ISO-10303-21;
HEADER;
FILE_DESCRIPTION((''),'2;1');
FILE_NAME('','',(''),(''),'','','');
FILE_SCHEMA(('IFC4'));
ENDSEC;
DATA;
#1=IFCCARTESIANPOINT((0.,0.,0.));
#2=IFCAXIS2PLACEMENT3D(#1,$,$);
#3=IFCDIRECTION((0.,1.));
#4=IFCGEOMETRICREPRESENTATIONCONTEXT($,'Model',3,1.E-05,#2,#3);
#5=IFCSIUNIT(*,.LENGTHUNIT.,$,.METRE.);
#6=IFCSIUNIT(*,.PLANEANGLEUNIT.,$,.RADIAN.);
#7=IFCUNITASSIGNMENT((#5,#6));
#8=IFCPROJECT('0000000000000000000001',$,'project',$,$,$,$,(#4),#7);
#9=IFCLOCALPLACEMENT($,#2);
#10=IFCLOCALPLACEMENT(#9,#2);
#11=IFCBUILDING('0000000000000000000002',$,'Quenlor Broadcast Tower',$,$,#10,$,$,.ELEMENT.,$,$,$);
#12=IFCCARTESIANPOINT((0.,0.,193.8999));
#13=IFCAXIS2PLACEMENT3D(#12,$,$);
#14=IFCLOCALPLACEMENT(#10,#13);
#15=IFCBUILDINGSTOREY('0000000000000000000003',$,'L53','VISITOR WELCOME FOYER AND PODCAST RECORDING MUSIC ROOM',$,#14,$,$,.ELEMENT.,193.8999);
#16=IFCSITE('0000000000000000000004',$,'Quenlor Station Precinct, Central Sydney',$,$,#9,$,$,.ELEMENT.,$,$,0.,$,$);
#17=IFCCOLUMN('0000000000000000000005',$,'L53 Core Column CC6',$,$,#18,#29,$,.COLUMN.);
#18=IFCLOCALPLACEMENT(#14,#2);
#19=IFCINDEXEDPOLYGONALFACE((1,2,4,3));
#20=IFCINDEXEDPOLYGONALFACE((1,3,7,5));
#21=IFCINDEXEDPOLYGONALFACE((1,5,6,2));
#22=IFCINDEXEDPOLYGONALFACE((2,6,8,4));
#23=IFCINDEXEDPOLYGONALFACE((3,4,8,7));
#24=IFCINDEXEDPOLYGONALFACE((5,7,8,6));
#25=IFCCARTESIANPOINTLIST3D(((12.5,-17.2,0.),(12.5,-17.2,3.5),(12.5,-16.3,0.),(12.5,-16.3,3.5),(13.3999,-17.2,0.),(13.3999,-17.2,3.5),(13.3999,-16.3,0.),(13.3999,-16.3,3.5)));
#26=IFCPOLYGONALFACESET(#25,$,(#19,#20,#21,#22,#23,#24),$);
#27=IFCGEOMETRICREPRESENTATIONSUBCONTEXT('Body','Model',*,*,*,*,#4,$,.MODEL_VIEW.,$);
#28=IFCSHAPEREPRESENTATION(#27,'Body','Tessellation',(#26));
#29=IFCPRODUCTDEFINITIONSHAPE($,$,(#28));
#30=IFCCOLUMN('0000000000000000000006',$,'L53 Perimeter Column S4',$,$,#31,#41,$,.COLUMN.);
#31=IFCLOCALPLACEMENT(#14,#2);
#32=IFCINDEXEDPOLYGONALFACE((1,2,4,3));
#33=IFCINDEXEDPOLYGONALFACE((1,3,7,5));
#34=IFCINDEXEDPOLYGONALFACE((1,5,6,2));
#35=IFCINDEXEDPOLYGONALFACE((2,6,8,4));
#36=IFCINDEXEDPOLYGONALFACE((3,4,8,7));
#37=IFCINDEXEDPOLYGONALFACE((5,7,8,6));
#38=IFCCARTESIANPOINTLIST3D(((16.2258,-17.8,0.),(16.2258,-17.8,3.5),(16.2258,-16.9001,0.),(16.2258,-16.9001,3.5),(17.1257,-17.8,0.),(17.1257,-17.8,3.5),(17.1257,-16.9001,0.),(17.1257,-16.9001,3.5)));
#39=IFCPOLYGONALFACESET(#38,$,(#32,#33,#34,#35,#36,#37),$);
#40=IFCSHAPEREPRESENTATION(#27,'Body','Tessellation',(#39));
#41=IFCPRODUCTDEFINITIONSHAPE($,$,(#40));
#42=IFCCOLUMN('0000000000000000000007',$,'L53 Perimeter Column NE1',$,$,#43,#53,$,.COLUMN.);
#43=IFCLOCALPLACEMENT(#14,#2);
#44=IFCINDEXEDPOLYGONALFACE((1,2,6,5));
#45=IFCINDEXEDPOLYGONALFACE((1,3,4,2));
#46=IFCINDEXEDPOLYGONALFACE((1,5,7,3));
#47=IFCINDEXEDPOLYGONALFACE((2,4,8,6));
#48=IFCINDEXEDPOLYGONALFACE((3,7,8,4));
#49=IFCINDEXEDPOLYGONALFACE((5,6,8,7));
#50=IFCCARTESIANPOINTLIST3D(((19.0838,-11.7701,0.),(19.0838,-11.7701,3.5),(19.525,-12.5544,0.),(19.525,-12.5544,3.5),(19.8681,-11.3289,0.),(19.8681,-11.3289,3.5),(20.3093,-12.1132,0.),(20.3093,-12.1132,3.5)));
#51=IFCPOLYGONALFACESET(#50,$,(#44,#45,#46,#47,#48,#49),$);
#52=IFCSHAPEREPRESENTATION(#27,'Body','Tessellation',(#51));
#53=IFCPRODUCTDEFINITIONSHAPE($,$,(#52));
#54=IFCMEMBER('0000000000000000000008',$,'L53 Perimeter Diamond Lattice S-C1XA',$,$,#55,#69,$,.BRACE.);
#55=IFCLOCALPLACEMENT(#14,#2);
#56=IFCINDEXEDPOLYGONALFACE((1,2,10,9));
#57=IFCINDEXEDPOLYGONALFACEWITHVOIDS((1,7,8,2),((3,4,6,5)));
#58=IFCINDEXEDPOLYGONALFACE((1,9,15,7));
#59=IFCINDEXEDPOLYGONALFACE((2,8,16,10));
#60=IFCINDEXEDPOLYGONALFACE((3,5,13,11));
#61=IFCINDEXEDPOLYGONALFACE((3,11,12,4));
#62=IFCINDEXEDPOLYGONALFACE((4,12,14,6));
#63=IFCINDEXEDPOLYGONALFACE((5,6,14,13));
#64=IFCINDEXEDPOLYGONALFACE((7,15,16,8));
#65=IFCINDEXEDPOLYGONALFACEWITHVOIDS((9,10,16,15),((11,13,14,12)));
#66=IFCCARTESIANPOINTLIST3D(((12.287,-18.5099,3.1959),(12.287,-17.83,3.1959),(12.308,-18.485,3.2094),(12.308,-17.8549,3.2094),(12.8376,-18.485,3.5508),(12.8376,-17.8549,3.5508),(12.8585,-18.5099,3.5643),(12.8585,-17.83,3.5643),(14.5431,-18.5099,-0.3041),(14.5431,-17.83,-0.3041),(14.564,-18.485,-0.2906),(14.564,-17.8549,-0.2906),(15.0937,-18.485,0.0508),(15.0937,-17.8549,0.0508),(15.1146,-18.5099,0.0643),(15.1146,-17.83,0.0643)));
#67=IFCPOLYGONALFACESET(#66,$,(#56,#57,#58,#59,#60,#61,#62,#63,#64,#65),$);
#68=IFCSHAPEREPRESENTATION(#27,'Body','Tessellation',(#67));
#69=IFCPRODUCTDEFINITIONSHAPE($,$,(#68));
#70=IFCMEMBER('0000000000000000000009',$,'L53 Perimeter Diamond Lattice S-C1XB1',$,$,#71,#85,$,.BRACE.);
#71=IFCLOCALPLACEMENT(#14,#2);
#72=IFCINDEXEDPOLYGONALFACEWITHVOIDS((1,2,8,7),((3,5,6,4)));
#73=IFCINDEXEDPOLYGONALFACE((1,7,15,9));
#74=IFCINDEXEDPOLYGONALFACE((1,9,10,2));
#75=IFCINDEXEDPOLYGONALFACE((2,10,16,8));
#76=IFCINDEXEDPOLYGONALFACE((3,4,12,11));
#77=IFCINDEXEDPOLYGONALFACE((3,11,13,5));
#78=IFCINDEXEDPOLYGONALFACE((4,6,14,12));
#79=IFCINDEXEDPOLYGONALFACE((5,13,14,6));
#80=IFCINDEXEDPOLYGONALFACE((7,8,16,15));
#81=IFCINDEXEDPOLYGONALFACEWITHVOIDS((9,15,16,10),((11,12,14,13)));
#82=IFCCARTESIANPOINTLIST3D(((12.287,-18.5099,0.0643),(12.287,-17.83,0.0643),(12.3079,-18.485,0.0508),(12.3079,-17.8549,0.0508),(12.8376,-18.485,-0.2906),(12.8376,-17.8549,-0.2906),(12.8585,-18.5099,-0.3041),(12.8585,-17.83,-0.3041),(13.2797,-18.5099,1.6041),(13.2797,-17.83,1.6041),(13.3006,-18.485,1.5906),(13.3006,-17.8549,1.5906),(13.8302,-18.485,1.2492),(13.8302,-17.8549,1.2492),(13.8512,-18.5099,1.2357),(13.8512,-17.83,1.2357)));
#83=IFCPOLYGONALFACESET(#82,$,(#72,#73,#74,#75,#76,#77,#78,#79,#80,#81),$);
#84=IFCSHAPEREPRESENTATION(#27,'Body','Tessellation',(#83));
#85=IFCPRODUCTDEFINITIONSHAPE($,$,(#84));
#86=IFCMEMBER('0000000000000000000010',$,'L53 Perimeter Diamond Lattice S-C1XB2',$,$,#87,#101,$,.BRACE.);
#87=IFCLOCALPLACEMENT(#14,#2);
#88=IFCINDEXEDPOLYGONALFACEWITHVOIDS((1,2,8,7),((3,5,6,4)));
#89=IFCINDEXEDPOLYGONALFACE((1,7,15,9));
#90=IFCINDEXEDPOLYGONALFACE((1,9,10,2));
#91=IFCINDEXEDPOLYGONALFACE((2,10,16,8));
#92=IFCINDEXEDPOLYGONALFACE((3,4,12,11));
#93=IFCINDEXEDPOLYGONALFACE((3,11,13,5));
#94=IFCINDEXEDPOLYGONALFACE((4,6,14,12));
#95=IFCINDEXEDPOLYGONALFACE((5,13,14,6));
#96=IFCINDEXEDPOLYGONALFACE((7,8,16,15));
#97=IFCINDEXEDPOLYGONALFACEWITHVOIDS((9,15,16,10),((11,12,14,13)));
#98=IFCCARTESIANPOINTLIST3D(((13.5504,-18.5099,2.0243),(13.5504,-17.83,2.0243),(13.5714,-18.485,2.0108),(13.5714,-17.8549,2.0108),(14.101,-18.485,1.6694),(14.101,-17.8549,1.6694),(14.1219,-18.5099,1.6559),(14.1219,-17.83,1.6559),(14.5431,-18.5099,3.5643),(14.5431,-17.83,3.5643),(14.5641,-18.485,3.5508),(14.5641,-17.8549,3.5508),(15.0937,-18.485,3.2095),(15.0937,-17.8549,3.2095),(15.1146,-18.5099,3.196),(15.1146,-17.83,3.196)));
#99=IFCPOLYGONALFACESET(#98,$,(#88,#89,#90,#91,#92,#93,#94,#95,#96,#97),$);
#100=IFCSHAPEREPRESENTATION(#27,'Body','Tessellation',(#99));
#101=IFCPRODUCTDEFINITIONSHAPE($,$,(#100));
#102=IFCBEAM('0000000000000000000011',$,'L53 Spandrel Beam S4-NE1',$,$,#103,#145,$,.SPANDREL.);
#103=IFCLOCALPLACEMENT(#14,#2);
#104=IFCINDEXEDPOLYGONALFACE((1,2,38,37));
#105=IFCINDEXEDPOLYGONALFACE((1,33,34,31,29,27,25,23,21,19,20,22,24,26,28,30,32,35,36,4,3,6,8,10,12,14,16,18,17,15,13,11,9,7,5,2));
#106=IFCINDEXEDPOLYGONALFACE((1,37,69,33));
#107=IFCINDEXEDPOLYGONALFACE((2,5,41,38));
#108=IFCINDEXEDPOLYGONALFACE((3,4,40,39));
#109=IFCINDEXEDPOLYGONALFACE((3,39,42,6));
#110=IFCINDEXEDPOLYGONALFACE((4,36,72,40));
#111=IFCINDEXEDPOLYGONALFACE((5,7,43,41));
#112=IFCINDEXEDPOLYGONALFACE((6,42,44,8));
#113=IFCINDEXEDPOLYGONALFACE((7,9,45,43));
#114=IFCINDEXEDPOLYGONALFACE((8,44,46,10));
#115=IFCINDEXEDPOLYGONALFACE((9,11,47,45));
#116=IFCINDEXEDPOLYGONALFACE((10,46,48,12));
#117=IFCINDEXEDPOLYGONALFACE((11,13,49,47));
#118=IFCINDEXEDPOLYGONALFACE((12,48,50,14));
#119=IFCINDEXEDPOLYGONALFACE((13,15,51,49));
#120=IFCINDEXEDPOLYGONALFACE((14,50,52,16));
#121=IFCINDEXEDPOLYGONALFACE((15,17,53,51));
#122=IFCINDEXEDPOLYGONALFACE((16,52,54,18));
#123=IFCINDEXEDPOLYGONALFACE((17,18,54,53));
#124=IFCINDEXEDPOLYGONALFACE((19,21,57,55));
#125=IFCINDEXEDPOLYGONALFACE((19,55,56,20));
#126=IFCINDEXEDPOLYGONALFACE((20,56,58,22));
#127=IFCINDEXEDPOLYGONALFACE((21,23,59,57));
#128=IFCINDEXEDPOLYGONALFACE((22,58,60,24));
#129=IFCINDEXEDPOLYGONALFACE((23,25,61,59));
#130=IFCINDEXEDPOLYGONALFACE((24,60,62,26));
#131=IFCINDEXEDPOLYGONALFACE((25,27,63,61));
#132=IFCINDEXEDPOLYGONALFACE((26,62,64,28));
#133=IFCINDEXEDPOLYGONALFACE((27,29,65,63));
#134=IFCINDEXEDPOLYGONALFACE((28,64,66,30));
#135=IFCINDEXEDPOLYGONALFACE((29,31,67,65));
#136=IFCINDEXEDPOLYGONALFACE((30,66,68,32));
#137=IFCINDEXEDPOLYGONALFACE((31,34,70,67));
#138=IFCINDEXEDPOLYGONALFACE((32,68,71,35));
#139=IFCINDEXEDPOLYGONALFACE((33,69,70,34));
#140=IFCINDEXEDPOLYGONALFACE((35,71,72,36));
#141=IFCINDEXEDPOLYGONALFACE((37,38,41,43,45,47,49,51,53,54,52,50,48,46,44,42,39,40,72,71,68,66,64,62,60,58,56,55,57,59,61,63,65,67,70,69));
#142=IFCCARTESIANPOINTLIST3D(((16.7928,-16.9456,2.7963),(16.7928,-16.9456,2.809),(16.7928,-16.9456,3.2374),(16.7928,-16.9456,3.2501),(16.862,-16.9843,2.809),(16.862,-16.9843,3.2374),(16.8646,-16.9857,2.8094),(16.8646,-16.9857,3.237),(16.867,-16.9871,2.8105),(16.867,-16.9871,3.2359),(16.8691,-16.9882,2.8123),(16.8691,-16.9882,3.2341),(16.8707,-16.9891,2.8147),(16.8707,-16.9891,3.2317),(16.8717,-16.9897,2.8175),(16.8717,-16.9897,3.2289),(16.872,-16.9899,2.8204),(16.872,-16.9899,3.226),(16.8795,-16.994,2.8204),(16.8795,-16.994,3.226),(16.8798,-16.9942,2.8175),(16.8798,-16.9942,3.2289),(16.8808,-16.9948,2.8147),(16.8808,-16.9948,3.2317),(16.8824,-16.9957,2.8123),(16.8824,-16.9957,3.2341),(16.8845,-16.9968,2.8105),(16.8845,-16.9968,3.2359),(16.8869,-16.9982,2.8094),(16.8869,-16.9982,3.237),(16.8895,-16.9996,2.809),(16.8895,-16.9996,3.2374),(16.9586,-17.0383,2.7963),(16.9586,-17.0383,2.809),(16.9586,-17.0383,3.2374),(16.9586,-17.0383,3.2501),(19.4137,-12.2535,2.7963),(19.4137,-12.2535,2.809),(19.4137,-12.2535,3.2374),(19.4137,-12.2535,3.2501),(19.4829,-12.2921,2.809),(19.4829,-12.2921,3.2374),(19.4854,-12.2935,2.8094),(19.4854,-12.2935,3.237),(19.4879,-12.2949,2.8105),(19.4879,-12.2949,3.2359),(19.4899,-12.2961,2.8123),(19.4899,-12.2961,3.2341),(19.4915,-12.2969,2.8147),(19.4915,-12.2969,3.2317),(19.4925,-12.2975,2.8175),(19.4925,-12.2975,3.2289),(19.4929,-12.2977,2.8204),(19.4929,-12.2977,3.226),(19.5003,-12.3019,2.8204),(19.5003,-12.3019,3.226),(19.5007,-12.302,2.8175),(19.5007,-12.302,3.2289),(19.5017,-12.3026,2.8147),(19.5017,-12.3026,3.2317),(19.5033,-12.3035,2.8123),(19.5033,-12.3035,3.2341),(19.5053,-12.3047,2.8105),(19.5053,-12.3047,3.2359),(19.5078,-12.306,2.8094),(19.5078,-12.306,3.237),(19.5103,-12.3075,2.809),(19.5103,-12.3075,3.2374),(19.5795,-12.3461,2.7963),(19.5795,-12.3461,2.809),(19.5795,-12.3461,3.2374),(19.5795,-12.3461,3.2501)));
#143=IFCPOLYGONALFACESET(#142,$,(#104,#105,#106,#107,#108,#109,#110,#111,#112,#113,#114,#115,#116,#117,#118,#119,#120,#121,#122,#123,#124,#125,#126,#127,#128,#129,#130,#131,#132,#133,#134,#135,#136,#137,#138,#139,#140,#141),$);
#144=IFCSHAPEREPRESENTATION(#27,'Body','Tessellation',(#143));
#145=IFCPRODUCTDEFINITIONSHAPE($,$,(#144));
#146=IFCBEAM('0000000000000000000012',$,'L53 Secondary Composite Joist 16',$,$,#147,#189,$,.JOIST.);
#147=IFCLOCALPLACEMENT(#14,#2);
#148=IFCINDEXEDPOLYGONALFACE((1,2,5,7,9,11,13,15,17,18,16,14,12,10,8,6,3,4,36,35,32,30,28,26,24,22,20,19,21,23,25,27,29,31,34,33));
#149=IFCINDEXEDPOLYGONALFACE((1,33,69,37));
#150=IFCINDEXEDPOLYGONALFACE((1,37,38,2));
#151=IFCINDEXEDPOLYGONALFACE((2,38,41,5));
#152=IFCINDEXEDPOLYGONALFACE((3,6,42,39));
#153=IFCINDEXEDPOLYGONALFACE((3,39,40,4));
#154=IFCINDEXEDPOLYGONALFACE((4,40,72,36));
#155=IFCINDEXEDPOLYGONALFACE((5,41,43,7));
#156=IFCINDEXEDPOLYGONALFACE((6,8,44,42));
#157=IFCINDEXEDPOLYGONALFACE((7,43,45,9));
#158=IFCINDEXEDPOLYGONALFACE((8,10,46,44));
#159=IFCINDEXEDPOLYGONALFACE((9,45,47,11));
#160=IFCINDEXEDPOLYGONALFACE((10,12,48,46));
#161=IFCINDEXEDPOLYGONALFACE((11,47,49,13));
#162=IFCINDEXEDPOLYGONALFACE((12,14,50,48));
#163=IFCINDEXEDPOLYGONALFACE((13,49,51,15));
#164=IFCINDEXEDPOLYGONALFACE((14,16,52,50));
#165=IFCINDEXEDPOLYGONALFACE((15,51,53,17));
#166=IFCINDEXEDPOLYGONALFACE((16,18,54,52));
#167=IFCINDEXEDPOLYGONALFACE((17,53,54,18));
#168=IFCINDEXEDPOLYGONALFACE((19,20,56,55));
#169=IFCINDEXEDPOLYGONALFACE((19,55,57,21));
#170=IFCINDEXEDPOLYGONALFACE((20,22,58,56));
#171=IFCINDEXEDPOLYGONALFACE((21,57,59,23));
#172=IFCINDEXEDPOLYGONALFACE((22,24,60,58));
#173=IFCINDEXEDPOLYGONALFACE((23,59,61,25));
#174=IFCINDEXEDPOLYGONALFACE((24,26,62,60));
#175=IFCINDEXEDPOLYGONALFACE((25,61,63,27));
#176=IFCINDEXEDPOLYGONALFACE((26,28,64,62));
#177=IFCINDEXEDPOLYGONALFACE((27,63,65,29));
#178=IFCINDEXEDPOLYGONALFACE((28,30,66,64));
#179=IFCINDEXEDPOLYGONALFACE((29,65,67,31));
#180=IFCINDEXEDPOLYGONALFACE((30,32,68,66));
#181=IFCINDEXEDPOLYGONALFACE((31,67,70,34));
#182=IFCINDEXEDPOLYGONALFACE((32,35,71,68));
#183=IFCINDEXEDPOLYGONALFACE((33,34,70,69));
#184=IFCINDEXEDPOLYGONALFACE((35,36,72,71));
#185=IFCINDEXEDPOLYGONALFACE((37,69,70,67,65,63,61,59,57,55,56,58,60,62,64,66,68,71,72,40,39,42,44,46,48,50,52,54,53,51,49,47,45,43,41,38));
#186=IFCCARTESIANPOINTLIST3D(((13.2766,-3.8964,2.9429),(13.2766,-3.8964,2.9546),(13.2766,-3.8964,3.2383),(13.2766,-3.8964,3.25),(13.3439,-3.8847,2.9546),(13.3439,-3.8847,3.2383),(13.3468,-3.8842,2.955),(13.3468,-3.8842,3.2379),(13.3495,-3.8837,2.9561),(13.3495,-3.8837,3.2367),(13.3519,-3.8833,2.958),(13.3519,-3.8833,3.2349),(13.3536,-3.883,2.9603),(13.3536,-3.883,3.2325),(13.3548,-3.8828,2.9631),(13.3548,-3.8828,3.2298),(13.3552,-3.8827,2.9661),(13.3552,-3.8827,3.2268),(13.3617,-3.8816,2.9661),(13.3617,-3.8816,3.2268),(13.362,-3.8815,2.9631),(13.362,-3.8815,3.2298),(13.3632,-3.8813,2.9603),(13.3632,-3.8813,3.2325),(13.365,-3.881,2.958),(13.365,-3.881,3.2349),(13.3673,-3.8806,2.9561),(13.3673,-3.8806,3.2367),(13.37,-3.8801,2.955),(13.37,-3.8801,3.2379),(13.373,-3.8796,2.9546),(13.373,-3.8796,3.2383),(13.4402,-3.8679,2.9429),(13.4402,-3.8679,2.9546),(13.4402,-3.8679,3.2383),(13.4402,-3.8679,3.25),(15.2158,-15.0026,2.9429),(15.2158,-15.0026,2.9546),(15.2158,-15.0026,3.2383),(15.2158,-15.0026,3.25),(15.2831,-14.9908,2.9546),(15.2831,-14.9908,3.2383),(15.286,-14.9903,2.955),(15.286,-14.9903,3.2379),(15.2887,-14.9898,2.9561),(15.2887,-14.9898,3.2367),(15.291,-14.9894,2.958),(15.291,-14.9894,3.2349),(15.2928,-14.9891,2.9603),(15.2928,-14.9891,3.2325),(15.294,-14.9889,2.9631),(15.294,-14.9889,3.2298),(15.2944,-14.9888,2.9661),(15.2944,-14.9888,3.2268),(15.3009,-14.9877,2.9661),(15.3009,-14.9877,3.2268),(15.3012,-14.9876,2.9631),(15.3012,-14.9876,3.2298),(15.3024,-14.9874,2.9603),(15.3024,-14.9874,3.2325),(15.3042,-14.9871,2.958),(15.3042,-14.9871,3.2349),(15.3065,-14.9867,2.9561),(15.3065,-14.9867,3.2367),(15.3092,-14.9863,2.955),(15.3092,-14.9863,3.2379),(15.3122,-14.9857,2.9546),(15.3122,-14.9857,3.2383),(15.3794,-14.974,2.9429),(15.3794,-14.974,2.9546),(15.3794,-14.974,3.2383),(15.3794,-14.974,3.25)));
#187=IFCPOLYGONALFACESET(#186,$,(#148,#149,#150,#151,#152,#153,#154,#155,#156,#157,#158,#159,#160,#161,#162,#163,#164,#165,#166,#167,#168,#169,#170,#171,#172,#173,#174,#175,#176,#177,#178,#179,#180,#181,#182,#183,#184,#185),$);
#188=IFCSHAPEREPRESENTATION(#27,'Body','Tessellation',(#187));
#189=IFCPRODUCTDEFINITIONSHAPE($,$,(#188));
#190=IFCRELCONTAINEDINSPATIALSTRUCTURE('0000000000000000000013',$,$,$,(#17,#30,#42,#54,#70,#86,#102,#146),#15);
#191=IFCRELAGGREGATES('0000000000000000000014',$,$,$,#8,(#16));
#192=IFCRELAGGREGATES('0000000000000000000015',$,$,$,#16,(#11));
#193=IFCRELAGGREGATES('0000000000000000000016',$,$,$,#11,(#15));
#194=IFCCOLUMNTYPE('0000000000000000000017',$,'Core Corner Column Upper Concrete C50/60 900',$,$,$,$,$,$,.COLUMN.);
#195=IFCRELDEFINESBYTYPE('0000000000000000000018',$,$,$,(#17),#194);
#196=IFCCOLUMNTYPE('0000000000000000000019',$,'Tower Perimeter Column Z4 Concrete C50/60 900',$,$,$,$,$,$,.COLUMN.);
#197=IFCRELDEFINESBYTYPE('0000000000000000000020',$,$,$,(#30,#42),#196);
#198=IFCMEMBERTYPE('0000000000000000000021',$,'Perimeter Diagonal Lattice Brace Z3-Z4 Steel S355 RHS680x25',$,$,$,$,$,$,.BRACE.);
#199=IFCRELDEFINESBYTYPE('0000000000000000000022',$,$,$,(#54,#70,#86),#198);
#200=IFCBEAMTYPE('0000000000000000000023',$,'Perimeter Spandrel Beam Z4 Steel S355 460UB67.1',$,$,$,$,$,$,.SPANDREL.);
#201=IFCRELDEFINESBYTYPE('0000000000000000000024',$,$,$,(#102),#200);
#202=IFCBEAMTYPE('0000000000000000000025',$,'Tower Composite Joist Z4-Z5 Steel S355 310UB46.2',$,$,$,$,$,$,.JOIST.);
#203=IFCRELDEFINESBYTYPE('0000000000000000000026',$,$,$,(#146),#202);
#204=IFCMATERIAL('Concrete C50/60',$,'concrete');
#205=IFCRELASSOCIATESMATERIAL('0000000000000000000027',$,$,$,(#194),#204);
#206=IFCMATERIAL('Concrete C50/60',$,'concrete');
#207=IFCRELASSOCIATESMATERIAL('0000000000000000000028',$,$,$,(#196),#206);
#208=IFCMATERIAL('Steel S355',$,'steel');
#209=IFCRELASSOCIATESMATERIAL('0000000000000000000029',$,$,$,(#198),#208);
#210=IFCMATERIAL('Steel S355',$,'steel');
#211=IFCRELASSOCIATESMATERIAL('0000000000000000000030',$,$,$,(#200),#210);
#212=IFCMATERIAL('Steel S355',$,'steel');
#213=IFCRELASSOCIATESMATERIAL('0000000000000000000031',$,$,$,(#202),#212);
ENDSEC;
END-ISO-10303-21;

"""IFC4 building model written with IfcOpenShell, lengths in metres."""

from ifc_helpers import new_model, si_unit, direction, frame, origin, origin_2d, place, context, subcontext, project, spatial, rectangle, hollow_rectangle, i_section, extrude, material, material_profile, profile_set, type_object, element, save


model = new_model("IFC4")

# Units and contexts
model_context = context("Model", 3, precision=1e-05, world=origin(), true_north=direction((0.0, 1.0)))
body_context = subcontext(model_context, "Body", "Model", "MODEL_VIEW")
ifc_project = project(units=[si_unit("LENGTHUNIT", "METRE"), si_unit("PLANEANGLEUNIT", "RADIAN")], contexts=[model_context])

# Site, building, storey
site_placement = place(None, origin())
site = spatial("IfcSite", under=ifc_project, at=site_placement, Name="Quenlor Station Precinct, Central Sydney", CompositionType="ELEMENT", RefElevation=0.0)
building_placement = place(site_placement, origin())
building = spatial("IfcBuilding", under=site, at=building_placement, Name="Quenlor Broadcast Tower", CompositionType="ELEMENT")
storey_placement = place(building_placement, frame((0.0, 0.0, 193.8999)))
storey = spatial("IfcBuildingStorey", under=building, at=storey_placement, Name="L53", Description="VISITOR WELCOME FOYER AND PODCAST RECORDING MUSIC ROOM", CompositionType="ELEMENT", Elevation=193.8999)

# Columns
ifc_material_1 = material(Name="Concrete C50/60", Category="concrete")
ifc_material_profile_1 = material_profile(ifc_material_1, rectangle(XDim=0.8999, YDim=0.8999, at=origin_2d()))
ifc_profile_set_1 = profile_set([ifc_material_profile_1], Name="Concrete C50/60 RC900x900")
column_type_1 = type_object("IfcColumnType", Name="Core Corner Column Upper Concrete C50/60 900", PredefinedType="COLUMN", material=ifc_profile_set_1)
column_placement = place(storey_placement, frame((12.95, -16.75, 0.0), z_axis=(0.0, 0.0, 1.0), x_axis=(1.0, 0.0, 0.0)))
element("IfcColumn", 1, at=column_placement, inside=storey, type_object=column_type_1, Name="L53 Core Column CC6", PredefinedType="COLUMN", context=body_context, shape_type="SweptSolid", body=[
    extrude(rectangle(XDim=0.8999, YDim=0.8999, at=origin_2d()), origin(), (0.0, 0.0, 1.0), 3.5),
])
ifc_material_2 = material(Name="Concrete C50/60", Category="concrete")
ifc_material_profile_2 = material_profile(ifc_material_2, rectangle(XDim=0.8999, YDim=0.8999, at=origin_2d()))
ifc_profile_set_2 = profile_set([ifc_material_profile_2], Name="Concrete C50/60 RC900x900")
column_type_2 = type_object("IfcColumnType", Name="Tower Perimeter Column Z4 Concrete C50/60 900", PredefinedType="COLUMN", material=ifc_profile_set_2)
for number, where, z_axis, x_axis, name in (
    (2, (16.6758, -17.3501, 0.0), (0.0, 0.0, 1.0), (0.0, 1.0, 0.0), "L53 Perimeter Column S4"),
    (3, (19.6965, -11.9417, 0.0), (0.0, 0.0, 1.0), (0.871575, 0.490262, 0.0), "L53 Perimeter Column NE1"),
):
    element("IfcColumn", number, at=place(storey_placement, frame(where, z_axis=z_axis, x_axis=x_axis)), inside=storey, type_object=column_type_2, Name=name, PredefinedType="COLUMN", context=body_context, shape_type="SweptSolid", body=[
        extrude(rectangle(XDim=0.8999, YDim=0.8999, at=origin_2d()), origin(), (0.0, 0.0, 1.0), 3.5),
    ])

# Members
ifc_material_3 = material(Name="Steel S355", Category="steel")
ifc_material_profile_3 = material_profile(ifc_material_3, hollow_rectangle(XDim=0.6799, YDim=0.6799, WallThickness=0.0249, at=origin_2d()))
ifc_profile_set_3 = profile_set([ifc_material_profile_3], Name="Steel S355 RHS680x680x25")
member_type = type_object("IfcMemberType", Name="Perimeter Diagonal Lattice Brace Z3-Z4 Steel S355 RHS680x25", PredefinedType="BRACE", material=ifc_profile_set_3)
member_1_placement = place(storey_placement, frame((14.8289, -18.1699, -0.1199), z_axis=(-0.541794, 0.0, 0.840511), x_axis=(0.0, -1.0, 0.0)))
element("IfcMember", 4, at=member_1_placement, inside=storey, type_object=member_type, Name="L53 Perimeter Diamond Lattice S-C1XA", PredefinedType="BRACE", context=body_context, shape_type="SweptSolid", body=[
    extrude(hollow_rectangle(XDim=0.6799, YDim=0.6799, WallThickness=0.0249, at=origin_2d()), origin(), (0.0, 0.0, 1.0), 4.1641),
])
member_2_placement = place(storey_placement, frame((12.5728, -18.1699, -0.1199), z_axis=(0.541842, 0.0, 0.840481), x_axis=(0.0, 1.0, 0.0)))
element("IfcMember", 5, at=member_2_placement, inside=storey, type_object=member_type, Name="L53 Perimeter Diamond Lattice S-C1XB1", PredefinedType="BRACE", context=body_context, shape_type="SweptSolid", body=[
    extrude(hollow_rectangle(XDim=0.6799, YDim=0.6799, WallThickness=0.0249, at=origin_2d()), origin(), (0.0, 0.0, 1.0), 1.832),
])
member_3_placement = place(storey_placement, frame((13.8362, -18.1699, 1.8401), z_axis=(0.541781, 0.0, 0.84052), x_axis=(0.0, 1.0, 0.0)))
element("IfcMember", 6, at=member_3_placement, inside=storey, type_object=member_type, Name="L53 Perimeter Diamond Lattice S-C1XB2", PredefinedType="BRACE", context=body_context, shape_type="SweptSolid", body=[
    extrude(hollow_rectangle(XDim=0.6799, YDim=0.6799, WallThickness=0.0249, at=origin_2d()), origin(), (0.0, 0.0, 1.0), 1.8323),
])

# Beams
ifc_material_4 = material(Name="Steel S355", Category="steel")
ifc_material_profile_4 = material_profile(ifc_material_4, i_section(OverallWidth=0.1899, OverallDepth=0.4539, WebThickness=0.0085, FlangeThickness=0.0127, FilletRadius=0.0115, at=origin_2d()))
ifc_profile_set_4 = profile_set([ifc_material_profile_4], Name="Steel S355 460UB67.1")
beam_type_1 = type_object("IfcBeamType", Name="Perimeter Spandrel Beam Z4 Steel S355 460UB67.1", PredefinedType="SPANDREL", material=ifc_profile_set_4)
beam_1_placement = place(storey_placement, frame((16.8757, -16.9919, 3.0232), z_axis=(0.487647, 0.873041, 0.0), x_axis=(-0.873041, 0.487647, 0.0)))
element("IfcBeam", 7, at=beam_1_placement, inside=storey, type_object=beam_type_1, Name="L53 Spandrel Beam S4-NE1", PredefinedType="SPANDREL", context=body_context, shape_type="SweptSolid", body=[
    extrude(i_section(OverallWidth=0.1899, OverallDepth=0.4539, WebThickness=0.0085, FlangeThickness=0.0127, FilletRadius=0.0115, at=origin_2d()), origin(), (0.0, 0.0, 1.0), 5.3745),
])
ifc_material_5 = material(Name="Steel S355", Category="steel")
ifc_material_profile_5 = material_profile(ifc_material_5, i_section(OverallWidth=0.166, OverallDepth=0.3071, WebThickness=0.0066, FlangeThickness=0.0117, FilletRadius=0.0115, at=origin_2d()))
ifc_profile_set_5 = profile_set([ifc_material_profile_5], Name="Steel S355 310UB46.2")
beam_type_2 = type_object("IfcBeamType", Name="Tower Composite Joist Z4-Z5 Steel S355 310UB46.2", PredefinedType="JOIST", material=ifc_profile_set_5)
beam_2_placement = place(storey_placement, frame((15.2976, -14.9883, 3.0964), z_axis=(-0.172004, 0.985096, 0.0), x_axis=(-0.985096, -0.172004, 0.0)))
element("IfcBeam", 8, at=beam_2_placement, inside=storey, type_object=beam_type_2, Name="L53 Secondary Composite Joist 16", PredefinedType="JOIST", context=body_context, shape_type="SweptSolid", body=[
    extrude(i_section(OverallWidth=0.166, OverallDepth=0.3071, WebThickness=0.0066, FlangeThickness=0.0117, FilletRadius=0.0115, at=origin_2d()), origin(), (0.0, 0.0, 1.0), 11.2742),
])

save(model, "model.ifc")
